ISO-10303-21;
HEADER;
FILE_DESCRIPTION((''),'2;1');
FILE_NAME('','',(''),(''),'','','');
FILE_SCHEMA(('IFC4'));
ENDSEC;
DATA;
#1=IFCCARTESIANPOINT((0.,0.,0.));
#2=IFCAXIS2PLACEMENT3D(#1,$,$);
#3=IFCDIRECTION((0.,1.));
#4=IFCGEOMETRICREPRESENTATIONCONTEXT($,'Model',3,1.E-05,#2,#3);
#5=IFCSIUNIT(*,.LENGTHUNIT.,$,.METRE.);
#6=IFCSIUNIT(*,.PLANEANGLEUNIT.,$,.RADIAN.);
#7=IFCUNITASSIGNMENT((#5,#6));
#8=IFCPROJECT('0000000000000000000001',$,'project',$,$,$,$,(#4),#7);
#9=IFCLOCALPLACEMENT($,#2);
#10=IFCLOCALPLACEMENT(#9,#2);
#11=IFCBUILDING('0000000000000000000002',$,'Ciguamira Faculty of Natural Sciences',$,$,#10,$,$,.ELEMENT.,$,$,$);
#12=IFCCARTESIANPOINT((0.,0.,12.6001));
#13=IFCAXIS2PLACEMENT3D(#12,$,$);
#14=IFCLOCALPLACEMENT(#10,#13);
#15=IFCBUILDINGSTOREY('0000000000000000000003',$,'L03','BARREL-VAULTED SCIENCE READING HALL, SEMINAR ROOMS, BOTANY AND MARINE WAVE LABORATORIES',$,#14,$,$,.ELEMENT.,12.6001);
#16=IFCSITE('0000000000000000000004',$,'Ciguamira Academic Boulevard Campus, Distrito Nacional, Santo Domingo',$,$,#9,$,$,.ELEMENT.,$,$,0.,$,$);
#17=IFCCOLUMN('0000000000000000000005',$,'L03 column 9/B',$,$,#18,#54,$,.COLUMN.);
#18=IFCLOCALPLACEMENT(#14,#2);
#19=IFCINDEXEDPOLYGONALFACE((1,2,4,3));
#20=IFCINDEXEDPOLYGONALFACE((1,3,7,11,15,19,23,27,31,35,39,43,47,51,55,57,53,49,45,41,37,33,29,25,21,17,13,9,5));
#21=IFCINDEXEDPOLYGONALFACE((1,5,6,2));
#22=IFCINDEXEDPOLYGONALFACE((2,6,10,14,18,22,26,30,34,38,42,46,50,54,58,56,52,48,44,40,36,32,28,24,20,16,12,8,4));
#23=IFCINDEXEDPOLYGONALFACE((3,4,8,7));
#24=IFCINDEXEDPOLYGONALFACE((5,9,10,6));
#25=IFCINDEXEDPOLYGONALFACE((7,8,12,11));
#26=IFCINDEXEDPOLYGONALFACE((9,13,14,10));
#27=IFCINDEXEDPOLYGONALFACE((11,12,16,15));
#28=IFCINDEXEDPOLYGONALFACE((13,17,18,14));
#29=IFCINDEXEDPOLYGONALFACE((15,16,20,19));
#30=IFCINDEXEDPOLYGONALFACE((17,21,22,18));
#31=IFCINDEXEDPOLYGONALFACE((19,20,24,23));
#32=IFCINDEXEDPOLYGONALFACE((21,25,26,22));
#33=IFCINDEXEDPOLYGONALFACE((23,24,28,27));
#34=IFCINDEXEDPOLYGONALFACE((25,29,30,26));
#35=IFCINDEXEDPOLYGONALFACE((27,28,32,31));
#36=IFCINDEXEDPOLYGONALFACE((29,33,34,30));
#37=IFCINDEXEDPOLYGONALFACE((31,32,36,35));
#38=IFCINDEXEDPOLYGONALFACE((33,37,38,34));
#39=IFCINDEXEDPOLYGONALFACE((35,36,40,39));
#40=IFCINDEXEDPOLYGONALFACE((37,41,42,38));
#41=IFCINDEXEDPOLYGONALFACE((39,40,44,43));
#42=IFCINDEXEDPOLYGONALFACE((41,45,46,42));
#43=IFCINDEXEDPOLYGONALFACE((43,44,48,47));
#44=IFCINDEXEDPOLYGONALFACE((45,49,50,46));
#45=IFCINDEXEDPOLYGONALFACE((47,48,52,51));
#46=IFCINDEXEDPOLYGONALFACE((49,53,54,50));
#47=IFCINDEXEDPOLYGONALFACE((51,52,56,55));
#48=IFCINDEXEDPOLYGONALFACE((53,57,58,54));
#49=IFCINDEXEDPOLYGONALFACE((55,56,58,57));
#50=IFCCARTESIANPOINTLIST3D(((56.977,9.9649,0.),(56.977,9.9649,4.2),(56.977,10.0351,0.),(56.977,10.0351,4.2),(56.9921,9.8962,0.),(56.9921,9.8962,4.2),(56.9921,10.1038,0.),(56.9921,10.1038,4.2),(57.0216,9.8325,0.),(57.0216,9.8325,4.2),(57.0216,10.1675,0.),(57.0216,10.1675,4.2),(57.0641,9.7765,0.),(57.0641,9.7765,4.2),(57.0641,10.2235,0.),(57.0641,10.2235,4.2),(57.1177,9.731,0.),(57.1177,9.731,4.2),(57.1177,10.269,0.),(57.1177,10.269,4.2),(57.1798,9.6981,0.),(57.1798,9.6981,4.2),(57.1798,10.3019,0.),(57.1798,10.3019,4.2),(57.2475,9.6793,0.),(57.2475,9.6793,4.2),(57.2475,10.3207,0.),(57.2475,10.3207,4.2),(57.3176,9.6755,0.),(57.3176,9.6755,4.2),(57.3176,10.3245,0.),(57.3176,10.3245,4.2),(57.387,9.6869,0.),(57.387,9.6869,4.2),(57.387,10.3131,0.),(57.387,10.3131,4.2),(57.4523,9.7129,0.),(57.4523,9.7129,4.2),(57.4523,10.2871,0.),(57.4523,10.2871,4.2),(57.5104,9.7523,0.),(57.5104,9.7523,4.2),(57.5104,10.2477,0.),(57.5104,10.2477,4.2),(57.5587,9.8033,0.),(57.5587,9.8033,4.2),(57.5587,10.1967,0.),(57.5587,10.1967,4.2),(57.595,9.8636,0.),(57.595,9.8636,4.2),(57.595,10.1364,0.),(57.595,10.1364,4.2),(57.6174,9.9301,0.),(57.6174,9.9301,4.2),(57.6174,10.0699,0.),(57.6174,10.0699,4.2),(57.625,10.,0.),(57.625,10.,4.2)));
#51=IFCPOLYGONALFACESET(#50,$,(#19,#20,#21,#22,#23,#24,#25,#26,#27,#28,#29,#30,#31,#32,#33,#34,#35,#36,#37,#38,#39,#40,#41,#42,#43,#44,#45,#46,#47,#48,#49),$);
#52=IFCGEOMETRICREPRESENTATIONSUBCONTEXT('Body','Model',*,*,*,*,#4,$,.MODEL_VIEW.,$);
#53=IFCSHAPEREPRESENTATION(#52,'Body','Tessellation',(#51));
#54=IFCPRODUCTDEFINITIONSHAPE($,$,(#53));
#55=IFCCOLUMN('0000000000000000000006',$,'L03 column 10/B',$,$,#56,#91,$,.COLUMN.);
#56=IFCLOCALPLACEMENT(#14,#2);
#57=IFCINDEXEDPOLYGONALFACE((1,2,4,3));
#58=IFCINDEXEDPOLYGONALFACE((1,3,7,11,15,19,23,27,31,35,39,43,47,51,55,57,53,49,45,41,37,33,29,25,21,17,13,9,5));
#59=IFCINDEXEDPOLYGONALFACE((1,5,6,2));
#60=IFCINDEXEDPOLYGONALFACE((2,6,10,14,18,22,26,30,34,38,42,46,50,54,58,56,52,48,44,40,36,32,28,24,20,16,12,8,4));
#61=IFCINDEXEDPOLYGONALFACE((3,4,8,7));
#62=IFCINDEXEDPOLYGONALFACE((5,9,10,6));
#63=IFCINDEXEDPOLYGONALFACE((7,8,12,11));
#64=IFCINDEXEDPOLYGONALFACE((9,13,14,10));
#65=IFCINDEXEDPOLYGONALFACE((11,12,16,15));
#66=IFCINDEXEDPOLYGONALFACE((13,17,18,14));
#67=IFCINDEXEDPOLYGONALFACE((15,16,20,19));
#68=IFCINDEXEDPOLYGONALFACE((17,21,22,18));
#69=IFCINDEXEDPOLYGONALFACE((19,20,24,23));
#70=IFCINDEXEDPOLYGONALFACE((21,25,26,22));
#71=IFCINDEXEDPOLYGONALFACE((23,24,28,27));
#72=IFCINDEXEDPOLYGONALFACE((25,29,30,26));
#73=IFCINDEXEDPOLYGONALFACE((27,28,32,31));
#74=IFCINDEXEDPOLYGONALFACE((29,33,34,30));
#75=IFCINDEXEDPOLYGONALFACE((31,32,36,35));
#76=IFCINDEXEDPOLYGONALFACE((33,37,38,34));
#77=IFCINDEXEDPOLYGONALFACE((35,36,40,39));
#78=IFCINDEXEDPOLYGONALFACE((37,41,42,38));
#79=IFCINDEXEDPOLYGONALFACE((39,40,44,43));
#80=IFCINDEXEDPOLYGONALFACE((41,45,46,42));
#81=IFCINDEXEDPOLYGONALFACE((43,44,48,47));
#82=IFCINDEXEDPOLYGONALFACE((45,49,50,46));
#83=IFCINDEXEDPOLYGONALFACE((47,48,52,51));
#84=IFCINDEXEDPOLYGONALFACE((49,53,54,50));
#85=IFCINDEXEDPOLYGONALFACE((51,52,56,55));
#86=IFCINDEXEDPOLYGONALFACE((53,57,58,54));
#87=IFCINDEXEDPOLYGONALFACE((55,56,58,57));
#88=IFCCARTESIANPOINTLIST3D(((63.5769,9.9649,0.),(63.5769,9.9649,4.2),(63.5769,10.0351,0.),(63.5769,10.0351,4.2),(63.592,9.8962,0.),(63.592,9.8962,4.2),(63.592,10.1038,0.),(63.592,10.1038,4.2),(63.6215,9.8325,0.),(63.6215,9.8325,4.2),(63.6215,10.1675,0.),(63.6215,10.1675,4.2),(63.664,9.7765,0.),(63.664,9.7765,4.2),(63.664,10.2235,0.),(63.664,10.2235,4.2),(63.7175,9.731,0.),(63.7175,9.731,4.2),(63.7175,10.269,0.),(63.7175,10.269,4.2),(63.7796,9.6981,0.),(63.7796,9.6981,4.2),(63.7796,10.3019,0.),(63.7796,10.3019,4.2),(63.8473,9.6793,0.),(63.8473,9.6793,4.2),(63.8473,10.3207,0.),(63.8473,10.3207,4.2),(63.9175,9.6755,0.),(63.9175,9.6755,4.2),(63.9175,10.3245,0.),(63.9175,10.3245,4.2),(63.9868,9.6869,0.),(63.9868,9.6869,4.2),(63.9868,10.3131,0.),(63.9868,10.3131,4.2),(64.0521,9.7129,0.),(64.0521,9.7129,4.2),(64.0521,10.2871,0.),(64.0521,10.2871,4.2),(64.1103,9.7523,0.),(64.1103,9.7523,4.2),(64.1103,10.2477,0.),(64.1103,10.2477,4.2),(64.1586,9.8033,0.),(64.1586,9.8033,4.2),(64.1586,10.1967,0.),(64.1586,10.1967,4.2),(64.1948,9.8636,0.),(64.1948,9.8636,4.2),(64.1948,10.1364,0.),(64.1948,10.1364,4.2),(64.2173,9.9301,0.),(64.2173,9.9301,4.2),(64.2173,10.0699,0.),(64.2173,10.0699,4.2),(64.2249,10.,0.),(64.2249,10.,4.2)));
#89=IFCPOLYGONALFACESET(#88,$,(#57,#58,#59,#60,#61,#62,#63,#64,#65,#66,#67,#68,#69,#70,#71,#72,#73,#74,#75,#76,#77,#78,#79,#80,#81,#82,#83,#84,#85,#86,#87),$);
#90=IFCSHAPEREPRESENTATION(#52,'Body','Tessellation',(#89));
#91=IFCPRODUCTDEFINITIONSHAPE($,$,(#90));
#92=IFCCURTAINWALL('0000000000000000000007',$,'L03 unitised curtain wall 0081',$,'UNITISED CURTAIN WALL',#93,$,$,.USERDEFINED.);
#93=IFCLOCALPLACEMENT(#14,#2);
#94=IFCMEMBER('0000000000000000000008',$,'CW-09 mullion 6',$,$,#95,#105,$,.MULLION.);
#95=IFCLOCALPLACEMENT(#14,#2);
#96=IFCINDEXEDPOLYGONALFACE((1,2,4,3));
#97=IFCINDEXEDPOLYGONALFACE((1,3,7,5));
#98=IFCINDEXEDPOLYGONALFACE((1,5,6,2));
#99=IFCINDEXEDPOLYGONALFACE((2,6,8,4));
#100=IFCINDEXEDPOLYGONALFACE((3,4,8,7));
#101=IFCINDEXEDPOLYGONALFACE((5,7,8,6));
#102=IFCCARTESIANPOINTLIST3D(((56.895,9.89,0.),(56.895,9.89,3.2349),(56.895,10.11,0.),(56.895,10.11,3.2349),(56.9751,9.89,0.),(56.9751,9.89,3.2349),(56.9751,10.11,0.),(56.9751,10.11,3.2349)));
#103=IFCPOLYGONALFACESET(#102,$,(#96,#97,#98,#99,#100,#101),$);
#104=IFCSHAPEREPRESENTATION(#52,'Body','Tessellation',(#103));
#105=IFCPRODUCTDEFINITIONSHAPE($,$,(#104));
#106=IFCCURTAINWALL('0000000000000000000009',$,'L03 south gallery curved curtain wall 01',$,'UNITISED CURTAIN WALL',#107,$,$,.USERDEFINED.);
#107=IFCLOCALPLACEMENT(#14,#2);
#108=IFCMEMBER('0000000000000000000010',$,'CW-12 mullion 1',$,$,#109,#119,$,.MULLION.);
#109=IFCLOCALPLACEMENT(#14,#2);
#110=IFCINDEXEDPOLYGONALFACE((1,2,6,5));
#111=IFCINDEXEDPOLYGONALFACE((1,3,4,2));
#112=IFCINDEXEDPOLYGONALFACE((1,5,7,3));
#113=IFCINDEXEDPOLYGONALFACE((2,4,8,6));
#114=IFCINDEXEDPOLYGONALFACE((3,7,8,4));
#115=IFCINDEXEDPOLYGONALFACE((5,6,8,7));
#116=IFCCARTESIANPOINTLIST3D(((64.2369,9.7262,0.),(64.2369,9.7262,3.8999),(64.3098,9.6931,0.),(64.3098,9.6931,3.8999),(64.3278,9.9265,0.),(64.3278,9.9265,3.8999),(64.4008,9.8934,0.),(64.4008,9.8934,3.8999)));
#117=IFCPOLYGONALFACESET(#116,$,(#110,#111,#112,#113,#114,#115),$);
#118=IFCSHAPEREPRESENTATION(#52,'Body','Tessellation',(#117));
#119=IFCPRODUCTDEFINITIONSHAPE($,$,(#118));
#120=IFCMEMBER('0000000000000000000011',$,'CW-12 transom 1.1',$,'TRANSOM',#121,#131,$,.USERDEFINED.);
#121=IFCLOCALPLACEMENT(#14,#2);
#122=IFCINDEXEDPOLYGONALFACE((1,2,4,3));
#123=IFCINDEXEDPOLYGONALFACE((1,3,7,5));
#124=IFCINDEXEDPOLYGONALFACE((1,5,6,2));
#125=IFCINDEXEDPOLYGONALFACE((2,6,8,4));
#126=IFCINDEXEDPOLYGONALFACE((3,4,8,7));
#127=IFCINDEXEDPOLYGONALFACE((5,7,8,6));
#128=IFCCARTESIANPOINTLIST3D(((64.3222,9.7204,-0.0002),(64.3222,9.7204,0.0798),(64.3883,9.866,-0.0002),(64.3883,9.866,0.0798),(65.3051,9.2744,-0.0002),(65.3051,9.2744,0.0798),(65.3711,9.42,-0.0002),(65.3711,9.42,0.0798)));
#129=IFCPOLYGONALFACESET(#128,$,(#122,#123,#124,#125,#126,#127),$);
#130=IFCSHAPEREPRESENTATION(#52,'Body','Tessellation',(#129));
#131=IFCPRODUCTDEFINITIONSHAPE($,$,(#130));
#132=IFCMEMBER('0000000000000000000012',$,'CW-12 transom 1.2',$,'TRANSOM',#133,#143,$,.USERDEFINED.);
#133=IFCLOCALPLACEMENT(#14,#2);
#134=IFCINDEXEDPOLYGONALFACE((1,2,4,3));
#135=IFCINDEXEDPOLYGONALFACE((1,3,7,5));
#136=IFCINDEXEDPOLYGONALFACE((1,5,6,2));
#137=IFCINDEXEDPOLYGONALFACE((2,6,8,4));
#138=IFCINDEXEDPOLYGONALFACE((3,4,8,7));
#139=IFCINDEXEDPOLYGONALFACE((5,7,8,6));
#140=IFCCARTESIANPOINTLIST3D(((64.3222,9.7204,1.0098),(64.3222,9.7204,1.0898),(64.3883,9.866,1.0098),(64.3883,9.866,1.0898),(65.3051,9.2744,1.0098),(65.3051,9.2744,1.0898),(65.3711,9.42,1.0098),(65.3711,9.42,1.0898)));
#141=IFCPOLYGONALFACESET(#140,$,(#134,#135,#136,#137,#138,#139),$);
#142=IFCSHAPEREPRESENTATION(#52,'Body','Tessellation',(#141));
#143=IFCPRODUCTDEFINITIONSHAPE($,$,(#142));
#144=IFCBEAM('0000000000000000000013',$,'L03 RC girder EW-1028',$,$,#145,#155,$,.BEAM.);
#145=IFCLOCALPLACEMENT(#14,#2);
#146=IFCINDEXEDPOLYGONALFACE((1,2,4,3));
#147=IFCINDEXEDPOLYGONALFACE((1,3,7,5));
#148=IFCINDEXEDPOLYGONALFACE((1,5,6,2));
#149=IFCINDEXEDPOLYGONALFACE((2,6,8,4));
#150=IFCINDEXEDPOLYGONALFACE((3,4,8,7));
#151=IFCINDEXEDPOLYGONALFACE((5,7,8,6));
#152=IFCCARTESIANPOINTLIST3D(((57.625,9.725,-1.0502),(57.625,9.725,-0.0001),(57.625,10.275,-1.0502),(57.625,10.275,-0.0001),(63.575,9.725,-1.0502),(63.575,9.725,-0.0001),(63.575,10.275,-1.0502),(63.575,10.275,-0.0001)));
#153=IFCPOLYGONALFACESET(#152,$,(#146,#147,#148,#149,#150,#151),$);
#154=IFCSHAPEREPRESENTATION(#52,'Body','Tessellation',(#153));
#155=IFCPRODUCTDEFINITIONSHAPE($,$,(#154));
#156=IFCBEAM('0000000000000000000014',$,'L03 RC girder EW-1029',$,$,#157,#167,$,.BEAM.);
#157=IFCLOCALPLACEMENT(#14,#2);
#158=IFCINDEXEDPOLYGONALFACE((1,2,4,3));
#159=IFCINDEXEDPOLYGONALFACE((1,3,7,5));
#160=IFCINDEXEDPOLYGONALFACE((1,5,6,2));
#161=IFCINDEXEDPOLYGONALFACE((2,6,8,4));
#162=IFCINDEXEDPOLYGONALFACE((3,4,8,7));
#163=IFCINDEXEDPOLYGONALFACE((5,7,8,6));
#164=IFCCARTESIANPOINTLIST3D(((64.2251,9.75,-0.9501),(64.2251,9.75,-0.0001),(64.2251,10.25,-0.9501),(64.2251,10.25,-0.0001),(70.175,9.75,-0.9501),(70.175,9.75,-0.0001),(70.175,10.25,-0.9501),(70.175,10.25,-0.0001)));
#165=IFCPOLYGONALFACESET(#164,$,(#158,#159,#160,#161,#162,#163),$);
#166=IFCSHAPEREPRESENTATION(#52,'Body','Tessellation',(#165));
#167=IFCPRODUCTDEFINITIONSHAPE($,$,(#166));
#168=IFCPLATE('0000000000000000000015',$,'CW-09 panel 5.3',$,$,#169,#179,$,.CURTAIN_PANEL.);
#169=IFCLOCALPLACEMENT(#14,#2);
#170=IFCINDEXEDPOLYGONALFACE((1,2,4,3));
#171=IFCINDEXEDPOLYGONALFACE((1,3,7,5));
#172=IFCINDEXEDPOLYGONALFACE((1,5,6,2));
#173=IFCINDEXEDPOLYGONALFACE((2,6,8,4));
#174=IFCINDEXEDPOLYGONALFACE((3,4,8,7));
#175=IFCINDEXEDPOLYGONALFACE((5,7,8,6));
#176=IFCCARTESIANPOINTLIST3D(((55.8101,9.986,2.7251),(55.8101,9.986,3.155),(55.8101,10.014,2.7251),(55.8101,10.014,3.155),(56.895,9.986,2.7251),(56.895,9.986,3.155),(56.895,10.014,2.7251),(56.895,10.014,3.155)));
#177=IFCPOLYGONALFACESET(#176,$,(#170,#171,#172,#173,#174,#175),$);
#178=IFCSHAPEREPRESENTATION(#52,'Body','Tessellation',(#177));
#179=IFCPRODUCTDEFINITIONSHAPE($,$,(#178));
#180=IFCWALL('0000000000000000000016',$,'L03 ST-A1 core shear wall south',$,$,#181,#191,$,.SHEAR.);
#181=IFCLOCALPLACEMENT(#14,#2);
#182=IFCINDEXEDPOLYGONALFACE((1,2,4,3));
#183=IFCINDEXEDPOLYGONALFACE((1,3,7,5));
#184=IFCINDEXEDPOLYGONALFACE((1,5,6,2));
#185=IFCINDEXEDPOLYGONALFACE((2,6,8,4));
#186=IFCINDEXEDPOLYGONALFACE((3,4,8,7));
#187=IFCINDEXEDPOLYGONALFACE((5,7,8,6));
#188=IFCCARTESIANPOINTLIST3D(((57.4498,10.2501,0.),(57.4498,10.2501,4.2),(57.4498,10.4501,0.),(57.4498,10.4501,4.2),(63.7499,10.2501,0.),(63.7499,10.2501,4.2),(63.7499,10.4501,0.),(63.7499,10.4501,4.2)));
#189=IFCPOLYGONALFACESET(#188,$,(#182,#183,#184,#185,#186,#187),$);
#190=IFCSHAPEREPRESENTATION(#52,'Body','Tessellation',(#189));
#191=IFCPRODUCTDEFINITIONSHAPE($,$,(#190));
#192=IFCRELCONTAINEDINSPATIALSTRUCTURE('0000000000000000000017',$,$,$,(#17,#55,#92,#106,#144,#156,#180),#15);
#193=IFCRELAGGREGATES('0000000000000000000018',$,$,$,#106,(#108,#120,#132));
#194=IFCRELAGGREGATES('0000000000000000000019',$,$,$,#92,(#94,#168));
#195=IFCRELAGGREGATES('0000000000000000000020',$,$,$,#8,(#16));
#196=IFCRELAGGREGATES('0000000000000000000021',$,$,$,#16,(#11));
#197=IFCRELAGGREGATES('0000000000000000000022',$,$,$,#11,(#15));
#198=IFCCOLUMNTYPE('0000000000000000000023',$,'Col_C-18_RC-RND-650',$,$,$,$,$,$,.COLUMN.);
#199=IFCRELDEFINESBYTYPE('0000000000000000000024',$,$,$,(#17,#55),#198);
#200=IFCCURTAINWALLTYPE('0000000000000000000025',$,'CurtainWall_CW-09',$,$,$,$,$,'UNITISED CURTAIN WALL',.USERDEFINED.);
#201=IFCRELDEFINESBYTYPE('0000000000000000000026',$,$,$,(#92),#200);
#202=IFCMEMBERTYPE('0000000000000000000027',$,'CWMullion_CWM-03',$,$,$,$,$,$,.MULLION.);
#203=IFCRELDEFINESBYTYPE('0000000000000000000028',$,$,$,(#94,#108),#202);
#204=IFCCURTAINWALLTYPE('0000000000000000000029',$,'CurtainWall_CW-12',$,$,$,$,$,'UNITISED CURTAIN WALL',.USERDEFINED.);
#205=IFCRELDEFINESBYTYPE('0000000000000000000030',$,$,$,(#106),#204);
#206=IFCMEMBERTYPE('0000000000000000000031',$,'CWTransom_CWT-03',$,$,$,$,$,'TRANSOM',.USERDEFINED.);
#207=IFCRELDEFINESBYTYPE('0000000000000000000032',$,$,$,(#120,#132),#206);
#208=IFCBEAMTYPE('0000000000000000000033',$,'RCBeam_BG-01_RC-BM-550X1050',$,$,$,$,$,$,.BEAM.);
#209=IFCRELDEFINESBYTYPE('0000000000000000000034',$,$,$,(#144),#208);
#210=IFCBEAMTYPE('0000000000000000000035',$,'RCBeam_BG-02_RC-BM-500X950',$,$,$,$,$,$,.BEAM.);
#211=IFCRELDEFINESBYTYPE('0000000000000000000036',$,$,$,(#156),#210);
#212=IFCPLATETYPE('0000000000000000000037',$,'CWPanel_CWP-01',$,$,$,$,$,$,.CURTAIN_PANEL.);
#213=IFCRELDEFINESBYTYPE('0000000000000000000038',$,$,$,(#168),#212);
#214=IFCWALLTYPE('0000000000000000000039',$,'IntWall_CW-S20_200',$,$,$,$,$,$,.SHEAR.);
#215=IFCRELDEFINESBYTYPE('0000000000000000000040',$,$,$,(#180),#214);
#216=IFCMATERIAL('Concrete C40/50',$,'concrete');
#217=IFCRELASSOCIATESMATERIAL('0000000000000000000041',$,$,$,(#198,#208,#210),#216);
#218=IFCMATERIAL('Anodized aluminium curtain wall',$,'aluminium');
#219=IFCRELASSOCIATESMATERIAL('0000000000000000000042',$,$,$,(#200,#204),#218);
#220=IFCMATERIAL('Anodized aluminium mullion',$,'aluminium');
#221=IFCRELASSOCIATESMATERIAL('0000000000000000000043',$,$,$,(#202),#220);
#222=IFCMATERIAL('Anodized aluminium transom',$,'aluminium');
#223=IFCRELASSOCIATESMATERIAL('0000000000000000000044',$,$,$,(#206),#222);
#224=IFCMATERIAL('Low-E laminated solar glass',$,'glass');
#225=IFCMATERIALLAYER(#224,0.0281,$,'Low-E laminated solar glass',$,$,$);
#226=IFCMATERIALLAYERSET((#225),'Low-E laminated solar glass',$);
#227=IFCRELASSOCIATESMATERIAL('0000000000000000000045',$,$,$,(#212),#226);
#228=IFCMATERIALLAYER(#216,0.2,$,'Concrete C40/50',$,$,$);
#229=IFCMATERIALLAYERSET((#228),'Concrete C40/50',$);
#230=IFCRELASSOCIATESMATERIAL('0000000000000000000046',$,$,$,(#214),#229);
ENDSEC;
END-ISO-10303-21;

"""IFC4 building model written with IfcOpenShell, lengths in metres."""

from ifc_helpers import new_model, si_unit, direction, frame, frame_2d, origin, origin_2d, place, context, subcontext, project, spatial, rectangle, circle, extrude, material, layer, layer_set, material_profile, profile_set, type_object, element, aggregate, save


model = new_model("IFC4")

# Units and contexts
model_context = context("Model", 3, precision=1e-05, world=origin(), true_north=direction((0.0, 1.0)))
body_context = subcontext(model_context, "Body", "Model", "MODEL_VIEW")
ifc_project = project(units=[si_unit("LENGTHUNIT", "METRE"), si_unit("PLANEANGLEUNIT", "RADIAN")], contexts=[model_context])

# Site, building, storey
site_placement = place(None, origin())
site = spatial("IfcSite", under=ifc_project, at=site_placement, Name="Ciguamira Academic Boulevard Campus, Distrito Nacional, Santo Domingo", CompositionType="ELEMENT", RefElevation=0.0)
building_placement = place(site_placement, origin())
building = spatial("IfcBuilding", under=site, at=building_placement, Name="Ciguamira Faculty of Natural Sciences", CompositionType="ELEMENT")
storey_placement = place(building_placement, frame((0.0, 0.0, 12.6001)))
storey = spatial("IfcBuildingStorey", under=building, at=storey_placement, Name="L03", Description="BARREL-VAULTED SCIENCE READING HALL, SEMINAR ROOMS, BOTANY AND MARINE WAVE LABORATORIES", CompositionType="ELEMENT", Elevation=12.6001)

# Columns
ifc_material_1 = material(Name="Concrete C40/50", Category="concrete")
ifc_material_profile_1 = material_profile(ifc_material_1, circle(Radius=0.325, at=origin_2d()), Name="RC-RND-650")
ifc_profile_set_1 = profile_set([ifc_material_profile_1], Name="Concrete C40/50")
column_type = type_object("IfcColumnType", Name="Col_C-18_RC-RND-650", PredefinedType="COLUMN", material=ifc_profile_set_1)
for number, where, z_axis, x_axis, name in (
    (1, (57.3, 10.0, 0.0), (0.0, 0.0, 1.0), (1.0, 0.0, 0.0), "L03 column 9/B"),
    (2, (63.8999, 10.0, 0.0), (0.0, 0.0, 1.0), (1.0, 0.0, 0.0), "L03 column 10/B"),
):
    element("IfcColumn", number, at=place(storey_placement, frame(where, z_axis=z_axis, x_axis=x_axis)), inside=storey, type_object=column_type, Name=name, PredefinedType="COLUMN", context=body_context, shape_type="SweptSolid", body=[
        extrude(circle(Radius=0.325, at=origin_2d()), origin(), (0.0, 0.0, 1.0), 4.2),
    ])

# Curtain wall, member
ifc_material_2 = material(Name="Anodized aluminium curtain wall", Category="aluminium")
curtain_wall_type_1 = type_object("IfcCurtainWallType", Name="CurtainWall_CW-09", ElementType="UNITISED CURTAIN WALL", PredefinedType="USERDEFINED", material=ifc_material_2)
curtain_wall_1_placement = place(storey_placement, origin())
curtain_wall_1 = element("IfcCurtainWall", 3, at=curtain_wall_1_placement, inside=storey, type_object=curtain_wall_type_1, Name="L03 unitised curtain wall 0081", ObjectType="UNITISED CURTAIN WALL", PredefinedType="USERDEFINED")
ifc_material_3 = material(Name="Anodized aluminium mullion", Category="aluminium")
ifc_material_profile_2 = material_profile(ifc_material_3, rectangle(XDim=0.0801, YDim=0.22, at=origin_2d()), Name="ALU-MUL-80X220")
ifc_profile_set_2 = profile_set([ifc_material_profile_2], Name="Anodized aluminium mullion")
member_type_1 = type_object("IfcMemberType", Name="CWMullion_CWM-03", PredefinedType="MULLION", material=ifc_profile_set_2)
member_1_placement = place(storey_placement, frame((56.9351, 10.0, 0.0), z_axis=(0.0, 0.0, 1.0), x_axis=(1.0, 0.0, 0.0)))
member_1 = element("IfcMember", 4, at=member_1_placement, type_object=member_type_1, Name="CW-09 mullion 6", PredefinedType="MULLION", context=body_context, shape_type="SweptSolid", body=[
    extrude(rectangle(XDim=0.0801, YDim=0.22, at=origin_2d()), origin(), (0.0, 0.0, 1.0), 3.2349),
])

# Curtain wall, members
curtain_wall_type_2 = type_object("IfcCurtainWallType", Name="CurtainWall_CW-12", ElementType="UNITISED CURTAIN WALL", PredefinedType="USERDEFINED", material=ifc_material_2)
curtain_wall_2_placement = place(storey_placement, origin())
curtain_wall_2 = element("IfcCurtainWall", 5, at=curtain_wall_2_placement, inside=storey, type_object=curtain_wall_type_2, Name="L03 south gallery curved curtain wall 01", ObjectType="UNITISED CURTAIN WALL", PredefinedType="USERDEFINED")
member_2_placement = place(storey_placement, frame((64.3188, 9.8098, 0.0), z_axis=(0.0, 0.0, 1.0), x_axis=(0.910581, -0.413332, 0.0)))
member_2 = element("IfcMember", 6, at=member_2_placement, type_object=member_type_1, Name="CW-12 mullion 1", PredefinedType="MULLION", context=body_context, shape_type="SweptSolid", body=[
    extrude(rectangle(XDim=0.0801, YDim=0.22, at=origin_2d()), origin(), (0.0, 0.0, 1.0), 3.8999),
])
ifc_material_4 = material(Name="Anodized aluminium transom", Category="aluminium")
ifc_material_profile_3 = material_profile(ifc_material_4, rectangle(XDim=0.0801, YDim=0.1599, at=origin_2d()), Name="ALU-TRN-80X160")
ifc_profile_set_3 = profile_set([ifc_material_profile_3], Name="Anodized aluminium transom")
member_type_2 = type_object("IfcMemberType", Name="CWTransom_CWT-03", ElementType="TRANSOM", PredefinedType="USERDEFINED", material=ifc_profile_set_3)
member_3_placement = place(storey_placement, frame((64.3552, 9.7932, 0.0398), z_axis=(0.910622, -0.413241, 0.0), x_axis=(0.0, 0.0, 1.0)))
member_3 = element("IfcMember", 7, at=member_3_placement, type_object=member_type_2, Name="CW-12 transom 1.1", ObjectType="TRANSOM", PredefinedType="USERDEFINED", context=body_context, shape_type="SweptSolid", body=[
    extrude(rectangle(XDim=0.0801, YDim=0.1599, at=origin_2d()), origin(), (0.0, 0.0, 1.0), 1.0793),
])
member_4_placement = place(storey_placement, frame((64.3552, 9.7932, 1.0498), z_axis=(0.910622, -0.413241, 0.0), x_axis=(0.0, 0.0, 1.0)))
member_4 = element("IfcMember", 8, at=member_4_placement, type_object=member_type_2, Name="CW-12 transom 1.2", ObjectType="TRANSOM", PredefinedType="USERDEFINED", context=body_context, shape_type="SweptSolid", body=[
    extrude(rectangle(XDim=0.0801, YDim=0.1599, at=origin_2d()), origin(), (0.0, 0.0, 1.0), 1.0793),
])
aggregate(curtain_wall_2, [member_2, member_3, member_4])

# Beams
ifc_material_profile_4 = material_profile(ifc_material_1, rectangle(XDim=0.55, YDim=1.05, at=origin_2d()), Name="RC-BM-550X1050")
ifc_profile_set_4 = profile_set([ifc_material_profile_4], Name="Concrete C40/50")
beam_type_1 = type_object("IfcBeamType", Name="RCBeam_BG-01_RC-BM-550X1050", PredefinedType="BEAM", material=ifc_profile_set_4)
beam_1_placement = place(storey_placement, frame((57.625, 10.0, -0.5251), z_axis=(1.0, 0.0, 0.0), x_axis=(0.0, 1.0, 0.0)))
element("IfcBeam", 9, at=beam_1_placement, inside=storey, type_object=beam_type_1, Name="L03 RC girder EW-1028", PredefinedType="BEAM", context=body_context, shape_type="SweptSolid", body=[
    extrude(rectangle(XDim=0.55, YDim=1.05, at=origin_2d()), origin(), (0.0, 0.0, 1.0), 5.95),
])
ifc_material_profile_5 = material_profile(ifc_material_1, rectangle(XDim=0.5, YDim=0.95, at=origin_2d()), Name="RC-BM-500X950")
ifc_profile_set_5 = profile_set([ifc_material_profile_5], Name="Concrete C40/50")
beam_type_2 = type_object("IfcBeamType", Name="RCBeam_BG-02_RC-BM-500X950", PredefinedType="BEAM", material=ifc_profile_set_5)
beam_2_placement = place(storey_placement, frame((64.2251, 10.0, -0.4751), z_axis=(1.0, 0.0, 0.0), x_axis=(0.0, 1.0, 0.0)))
element("IfcBeam", 10, at=beam_2_placement, inside=storey, type_object=beam_type_2, Name="L03 RC girder EW-1029", PredefinedType="BEAM", context=body_context, shape_type="SweptSolid", body=[
    extrude(rectangle(XDim=0.5, YDim=0.95, at=origin_2d()), origin(), (0.0, 0.0, 1.0), 5.95),
])

# Plate
ifc_material_5 = material(Name="Low-E laminated solar glass", Category="glass")
ifc_layer_1 = layer(ifc_material_5, 0.0281, Name="Low-E laminated solar glass")
ifc_layer_set_1 = layer_set([ifc_layer_1], Name="Low-E laminated solar glass")
plate_type = type_object("IfcPlateType", Name="CWPanel_CWP-01", PredefinedType="CURTAIN_PANEL", material=ifc_layer_set_1)
plate_placement = place(storey_placement, frame((56.3525, 10.0, 2.7251), z_axis=(0.0, 0.0, 1.0), x_axis=(1.0, 0.0, 0.0)))
plate = element("IfcPlate", 11, at=plate_placement, type_object=plate_type, Name="CW-09 panel 5.3", PredefinedType="CURTAIN_PANEL", context=body_context, shape_type="SweptSolid", body=[
    extrude(rectangle(XDim=1.085, YDim=0.0281, at=origin_2d()), origin(), (0.0, 0.0, 1.0), 0.4299),
])
aggregate(curtain_wall_1, [member_1, plate])

# Wall
ifc_layer_2 = layer(ifc_material_1, 0.2, Name="Concrete C40/50")
ifc_layer_set_2 = layer_set([ifc_layer_2], Name="Concrete C40/50")
wall_type = type_object("IfcWallType", Name="IntWall_CW-S20_200", PredefinedType="SHEAR", material=ifc_layer_set_2)
wall_1_placement = place(storey_placement, frame((57.45, 10.3501, 0.0), z_axis=(0.0, 0.0, 1.0), x_axis=(1.0, 0.0, 0.0)))
element("IfcWall", 12, at=wall_1_placement, inside=storey, type_object=wall_type, Name="L03 ST-A1 core shear wall south", PredefinedType="SHEAR", context=body_context, shape_type="SweptSolid", body=[
    extrude(rectangle(XDim=6.3, YDim=0.2, at=frame_2d((3.1499, 0.0))), origin(), (0.0, 0.0, 1.0), 4.2),
])

save(model, "model.ifc")
